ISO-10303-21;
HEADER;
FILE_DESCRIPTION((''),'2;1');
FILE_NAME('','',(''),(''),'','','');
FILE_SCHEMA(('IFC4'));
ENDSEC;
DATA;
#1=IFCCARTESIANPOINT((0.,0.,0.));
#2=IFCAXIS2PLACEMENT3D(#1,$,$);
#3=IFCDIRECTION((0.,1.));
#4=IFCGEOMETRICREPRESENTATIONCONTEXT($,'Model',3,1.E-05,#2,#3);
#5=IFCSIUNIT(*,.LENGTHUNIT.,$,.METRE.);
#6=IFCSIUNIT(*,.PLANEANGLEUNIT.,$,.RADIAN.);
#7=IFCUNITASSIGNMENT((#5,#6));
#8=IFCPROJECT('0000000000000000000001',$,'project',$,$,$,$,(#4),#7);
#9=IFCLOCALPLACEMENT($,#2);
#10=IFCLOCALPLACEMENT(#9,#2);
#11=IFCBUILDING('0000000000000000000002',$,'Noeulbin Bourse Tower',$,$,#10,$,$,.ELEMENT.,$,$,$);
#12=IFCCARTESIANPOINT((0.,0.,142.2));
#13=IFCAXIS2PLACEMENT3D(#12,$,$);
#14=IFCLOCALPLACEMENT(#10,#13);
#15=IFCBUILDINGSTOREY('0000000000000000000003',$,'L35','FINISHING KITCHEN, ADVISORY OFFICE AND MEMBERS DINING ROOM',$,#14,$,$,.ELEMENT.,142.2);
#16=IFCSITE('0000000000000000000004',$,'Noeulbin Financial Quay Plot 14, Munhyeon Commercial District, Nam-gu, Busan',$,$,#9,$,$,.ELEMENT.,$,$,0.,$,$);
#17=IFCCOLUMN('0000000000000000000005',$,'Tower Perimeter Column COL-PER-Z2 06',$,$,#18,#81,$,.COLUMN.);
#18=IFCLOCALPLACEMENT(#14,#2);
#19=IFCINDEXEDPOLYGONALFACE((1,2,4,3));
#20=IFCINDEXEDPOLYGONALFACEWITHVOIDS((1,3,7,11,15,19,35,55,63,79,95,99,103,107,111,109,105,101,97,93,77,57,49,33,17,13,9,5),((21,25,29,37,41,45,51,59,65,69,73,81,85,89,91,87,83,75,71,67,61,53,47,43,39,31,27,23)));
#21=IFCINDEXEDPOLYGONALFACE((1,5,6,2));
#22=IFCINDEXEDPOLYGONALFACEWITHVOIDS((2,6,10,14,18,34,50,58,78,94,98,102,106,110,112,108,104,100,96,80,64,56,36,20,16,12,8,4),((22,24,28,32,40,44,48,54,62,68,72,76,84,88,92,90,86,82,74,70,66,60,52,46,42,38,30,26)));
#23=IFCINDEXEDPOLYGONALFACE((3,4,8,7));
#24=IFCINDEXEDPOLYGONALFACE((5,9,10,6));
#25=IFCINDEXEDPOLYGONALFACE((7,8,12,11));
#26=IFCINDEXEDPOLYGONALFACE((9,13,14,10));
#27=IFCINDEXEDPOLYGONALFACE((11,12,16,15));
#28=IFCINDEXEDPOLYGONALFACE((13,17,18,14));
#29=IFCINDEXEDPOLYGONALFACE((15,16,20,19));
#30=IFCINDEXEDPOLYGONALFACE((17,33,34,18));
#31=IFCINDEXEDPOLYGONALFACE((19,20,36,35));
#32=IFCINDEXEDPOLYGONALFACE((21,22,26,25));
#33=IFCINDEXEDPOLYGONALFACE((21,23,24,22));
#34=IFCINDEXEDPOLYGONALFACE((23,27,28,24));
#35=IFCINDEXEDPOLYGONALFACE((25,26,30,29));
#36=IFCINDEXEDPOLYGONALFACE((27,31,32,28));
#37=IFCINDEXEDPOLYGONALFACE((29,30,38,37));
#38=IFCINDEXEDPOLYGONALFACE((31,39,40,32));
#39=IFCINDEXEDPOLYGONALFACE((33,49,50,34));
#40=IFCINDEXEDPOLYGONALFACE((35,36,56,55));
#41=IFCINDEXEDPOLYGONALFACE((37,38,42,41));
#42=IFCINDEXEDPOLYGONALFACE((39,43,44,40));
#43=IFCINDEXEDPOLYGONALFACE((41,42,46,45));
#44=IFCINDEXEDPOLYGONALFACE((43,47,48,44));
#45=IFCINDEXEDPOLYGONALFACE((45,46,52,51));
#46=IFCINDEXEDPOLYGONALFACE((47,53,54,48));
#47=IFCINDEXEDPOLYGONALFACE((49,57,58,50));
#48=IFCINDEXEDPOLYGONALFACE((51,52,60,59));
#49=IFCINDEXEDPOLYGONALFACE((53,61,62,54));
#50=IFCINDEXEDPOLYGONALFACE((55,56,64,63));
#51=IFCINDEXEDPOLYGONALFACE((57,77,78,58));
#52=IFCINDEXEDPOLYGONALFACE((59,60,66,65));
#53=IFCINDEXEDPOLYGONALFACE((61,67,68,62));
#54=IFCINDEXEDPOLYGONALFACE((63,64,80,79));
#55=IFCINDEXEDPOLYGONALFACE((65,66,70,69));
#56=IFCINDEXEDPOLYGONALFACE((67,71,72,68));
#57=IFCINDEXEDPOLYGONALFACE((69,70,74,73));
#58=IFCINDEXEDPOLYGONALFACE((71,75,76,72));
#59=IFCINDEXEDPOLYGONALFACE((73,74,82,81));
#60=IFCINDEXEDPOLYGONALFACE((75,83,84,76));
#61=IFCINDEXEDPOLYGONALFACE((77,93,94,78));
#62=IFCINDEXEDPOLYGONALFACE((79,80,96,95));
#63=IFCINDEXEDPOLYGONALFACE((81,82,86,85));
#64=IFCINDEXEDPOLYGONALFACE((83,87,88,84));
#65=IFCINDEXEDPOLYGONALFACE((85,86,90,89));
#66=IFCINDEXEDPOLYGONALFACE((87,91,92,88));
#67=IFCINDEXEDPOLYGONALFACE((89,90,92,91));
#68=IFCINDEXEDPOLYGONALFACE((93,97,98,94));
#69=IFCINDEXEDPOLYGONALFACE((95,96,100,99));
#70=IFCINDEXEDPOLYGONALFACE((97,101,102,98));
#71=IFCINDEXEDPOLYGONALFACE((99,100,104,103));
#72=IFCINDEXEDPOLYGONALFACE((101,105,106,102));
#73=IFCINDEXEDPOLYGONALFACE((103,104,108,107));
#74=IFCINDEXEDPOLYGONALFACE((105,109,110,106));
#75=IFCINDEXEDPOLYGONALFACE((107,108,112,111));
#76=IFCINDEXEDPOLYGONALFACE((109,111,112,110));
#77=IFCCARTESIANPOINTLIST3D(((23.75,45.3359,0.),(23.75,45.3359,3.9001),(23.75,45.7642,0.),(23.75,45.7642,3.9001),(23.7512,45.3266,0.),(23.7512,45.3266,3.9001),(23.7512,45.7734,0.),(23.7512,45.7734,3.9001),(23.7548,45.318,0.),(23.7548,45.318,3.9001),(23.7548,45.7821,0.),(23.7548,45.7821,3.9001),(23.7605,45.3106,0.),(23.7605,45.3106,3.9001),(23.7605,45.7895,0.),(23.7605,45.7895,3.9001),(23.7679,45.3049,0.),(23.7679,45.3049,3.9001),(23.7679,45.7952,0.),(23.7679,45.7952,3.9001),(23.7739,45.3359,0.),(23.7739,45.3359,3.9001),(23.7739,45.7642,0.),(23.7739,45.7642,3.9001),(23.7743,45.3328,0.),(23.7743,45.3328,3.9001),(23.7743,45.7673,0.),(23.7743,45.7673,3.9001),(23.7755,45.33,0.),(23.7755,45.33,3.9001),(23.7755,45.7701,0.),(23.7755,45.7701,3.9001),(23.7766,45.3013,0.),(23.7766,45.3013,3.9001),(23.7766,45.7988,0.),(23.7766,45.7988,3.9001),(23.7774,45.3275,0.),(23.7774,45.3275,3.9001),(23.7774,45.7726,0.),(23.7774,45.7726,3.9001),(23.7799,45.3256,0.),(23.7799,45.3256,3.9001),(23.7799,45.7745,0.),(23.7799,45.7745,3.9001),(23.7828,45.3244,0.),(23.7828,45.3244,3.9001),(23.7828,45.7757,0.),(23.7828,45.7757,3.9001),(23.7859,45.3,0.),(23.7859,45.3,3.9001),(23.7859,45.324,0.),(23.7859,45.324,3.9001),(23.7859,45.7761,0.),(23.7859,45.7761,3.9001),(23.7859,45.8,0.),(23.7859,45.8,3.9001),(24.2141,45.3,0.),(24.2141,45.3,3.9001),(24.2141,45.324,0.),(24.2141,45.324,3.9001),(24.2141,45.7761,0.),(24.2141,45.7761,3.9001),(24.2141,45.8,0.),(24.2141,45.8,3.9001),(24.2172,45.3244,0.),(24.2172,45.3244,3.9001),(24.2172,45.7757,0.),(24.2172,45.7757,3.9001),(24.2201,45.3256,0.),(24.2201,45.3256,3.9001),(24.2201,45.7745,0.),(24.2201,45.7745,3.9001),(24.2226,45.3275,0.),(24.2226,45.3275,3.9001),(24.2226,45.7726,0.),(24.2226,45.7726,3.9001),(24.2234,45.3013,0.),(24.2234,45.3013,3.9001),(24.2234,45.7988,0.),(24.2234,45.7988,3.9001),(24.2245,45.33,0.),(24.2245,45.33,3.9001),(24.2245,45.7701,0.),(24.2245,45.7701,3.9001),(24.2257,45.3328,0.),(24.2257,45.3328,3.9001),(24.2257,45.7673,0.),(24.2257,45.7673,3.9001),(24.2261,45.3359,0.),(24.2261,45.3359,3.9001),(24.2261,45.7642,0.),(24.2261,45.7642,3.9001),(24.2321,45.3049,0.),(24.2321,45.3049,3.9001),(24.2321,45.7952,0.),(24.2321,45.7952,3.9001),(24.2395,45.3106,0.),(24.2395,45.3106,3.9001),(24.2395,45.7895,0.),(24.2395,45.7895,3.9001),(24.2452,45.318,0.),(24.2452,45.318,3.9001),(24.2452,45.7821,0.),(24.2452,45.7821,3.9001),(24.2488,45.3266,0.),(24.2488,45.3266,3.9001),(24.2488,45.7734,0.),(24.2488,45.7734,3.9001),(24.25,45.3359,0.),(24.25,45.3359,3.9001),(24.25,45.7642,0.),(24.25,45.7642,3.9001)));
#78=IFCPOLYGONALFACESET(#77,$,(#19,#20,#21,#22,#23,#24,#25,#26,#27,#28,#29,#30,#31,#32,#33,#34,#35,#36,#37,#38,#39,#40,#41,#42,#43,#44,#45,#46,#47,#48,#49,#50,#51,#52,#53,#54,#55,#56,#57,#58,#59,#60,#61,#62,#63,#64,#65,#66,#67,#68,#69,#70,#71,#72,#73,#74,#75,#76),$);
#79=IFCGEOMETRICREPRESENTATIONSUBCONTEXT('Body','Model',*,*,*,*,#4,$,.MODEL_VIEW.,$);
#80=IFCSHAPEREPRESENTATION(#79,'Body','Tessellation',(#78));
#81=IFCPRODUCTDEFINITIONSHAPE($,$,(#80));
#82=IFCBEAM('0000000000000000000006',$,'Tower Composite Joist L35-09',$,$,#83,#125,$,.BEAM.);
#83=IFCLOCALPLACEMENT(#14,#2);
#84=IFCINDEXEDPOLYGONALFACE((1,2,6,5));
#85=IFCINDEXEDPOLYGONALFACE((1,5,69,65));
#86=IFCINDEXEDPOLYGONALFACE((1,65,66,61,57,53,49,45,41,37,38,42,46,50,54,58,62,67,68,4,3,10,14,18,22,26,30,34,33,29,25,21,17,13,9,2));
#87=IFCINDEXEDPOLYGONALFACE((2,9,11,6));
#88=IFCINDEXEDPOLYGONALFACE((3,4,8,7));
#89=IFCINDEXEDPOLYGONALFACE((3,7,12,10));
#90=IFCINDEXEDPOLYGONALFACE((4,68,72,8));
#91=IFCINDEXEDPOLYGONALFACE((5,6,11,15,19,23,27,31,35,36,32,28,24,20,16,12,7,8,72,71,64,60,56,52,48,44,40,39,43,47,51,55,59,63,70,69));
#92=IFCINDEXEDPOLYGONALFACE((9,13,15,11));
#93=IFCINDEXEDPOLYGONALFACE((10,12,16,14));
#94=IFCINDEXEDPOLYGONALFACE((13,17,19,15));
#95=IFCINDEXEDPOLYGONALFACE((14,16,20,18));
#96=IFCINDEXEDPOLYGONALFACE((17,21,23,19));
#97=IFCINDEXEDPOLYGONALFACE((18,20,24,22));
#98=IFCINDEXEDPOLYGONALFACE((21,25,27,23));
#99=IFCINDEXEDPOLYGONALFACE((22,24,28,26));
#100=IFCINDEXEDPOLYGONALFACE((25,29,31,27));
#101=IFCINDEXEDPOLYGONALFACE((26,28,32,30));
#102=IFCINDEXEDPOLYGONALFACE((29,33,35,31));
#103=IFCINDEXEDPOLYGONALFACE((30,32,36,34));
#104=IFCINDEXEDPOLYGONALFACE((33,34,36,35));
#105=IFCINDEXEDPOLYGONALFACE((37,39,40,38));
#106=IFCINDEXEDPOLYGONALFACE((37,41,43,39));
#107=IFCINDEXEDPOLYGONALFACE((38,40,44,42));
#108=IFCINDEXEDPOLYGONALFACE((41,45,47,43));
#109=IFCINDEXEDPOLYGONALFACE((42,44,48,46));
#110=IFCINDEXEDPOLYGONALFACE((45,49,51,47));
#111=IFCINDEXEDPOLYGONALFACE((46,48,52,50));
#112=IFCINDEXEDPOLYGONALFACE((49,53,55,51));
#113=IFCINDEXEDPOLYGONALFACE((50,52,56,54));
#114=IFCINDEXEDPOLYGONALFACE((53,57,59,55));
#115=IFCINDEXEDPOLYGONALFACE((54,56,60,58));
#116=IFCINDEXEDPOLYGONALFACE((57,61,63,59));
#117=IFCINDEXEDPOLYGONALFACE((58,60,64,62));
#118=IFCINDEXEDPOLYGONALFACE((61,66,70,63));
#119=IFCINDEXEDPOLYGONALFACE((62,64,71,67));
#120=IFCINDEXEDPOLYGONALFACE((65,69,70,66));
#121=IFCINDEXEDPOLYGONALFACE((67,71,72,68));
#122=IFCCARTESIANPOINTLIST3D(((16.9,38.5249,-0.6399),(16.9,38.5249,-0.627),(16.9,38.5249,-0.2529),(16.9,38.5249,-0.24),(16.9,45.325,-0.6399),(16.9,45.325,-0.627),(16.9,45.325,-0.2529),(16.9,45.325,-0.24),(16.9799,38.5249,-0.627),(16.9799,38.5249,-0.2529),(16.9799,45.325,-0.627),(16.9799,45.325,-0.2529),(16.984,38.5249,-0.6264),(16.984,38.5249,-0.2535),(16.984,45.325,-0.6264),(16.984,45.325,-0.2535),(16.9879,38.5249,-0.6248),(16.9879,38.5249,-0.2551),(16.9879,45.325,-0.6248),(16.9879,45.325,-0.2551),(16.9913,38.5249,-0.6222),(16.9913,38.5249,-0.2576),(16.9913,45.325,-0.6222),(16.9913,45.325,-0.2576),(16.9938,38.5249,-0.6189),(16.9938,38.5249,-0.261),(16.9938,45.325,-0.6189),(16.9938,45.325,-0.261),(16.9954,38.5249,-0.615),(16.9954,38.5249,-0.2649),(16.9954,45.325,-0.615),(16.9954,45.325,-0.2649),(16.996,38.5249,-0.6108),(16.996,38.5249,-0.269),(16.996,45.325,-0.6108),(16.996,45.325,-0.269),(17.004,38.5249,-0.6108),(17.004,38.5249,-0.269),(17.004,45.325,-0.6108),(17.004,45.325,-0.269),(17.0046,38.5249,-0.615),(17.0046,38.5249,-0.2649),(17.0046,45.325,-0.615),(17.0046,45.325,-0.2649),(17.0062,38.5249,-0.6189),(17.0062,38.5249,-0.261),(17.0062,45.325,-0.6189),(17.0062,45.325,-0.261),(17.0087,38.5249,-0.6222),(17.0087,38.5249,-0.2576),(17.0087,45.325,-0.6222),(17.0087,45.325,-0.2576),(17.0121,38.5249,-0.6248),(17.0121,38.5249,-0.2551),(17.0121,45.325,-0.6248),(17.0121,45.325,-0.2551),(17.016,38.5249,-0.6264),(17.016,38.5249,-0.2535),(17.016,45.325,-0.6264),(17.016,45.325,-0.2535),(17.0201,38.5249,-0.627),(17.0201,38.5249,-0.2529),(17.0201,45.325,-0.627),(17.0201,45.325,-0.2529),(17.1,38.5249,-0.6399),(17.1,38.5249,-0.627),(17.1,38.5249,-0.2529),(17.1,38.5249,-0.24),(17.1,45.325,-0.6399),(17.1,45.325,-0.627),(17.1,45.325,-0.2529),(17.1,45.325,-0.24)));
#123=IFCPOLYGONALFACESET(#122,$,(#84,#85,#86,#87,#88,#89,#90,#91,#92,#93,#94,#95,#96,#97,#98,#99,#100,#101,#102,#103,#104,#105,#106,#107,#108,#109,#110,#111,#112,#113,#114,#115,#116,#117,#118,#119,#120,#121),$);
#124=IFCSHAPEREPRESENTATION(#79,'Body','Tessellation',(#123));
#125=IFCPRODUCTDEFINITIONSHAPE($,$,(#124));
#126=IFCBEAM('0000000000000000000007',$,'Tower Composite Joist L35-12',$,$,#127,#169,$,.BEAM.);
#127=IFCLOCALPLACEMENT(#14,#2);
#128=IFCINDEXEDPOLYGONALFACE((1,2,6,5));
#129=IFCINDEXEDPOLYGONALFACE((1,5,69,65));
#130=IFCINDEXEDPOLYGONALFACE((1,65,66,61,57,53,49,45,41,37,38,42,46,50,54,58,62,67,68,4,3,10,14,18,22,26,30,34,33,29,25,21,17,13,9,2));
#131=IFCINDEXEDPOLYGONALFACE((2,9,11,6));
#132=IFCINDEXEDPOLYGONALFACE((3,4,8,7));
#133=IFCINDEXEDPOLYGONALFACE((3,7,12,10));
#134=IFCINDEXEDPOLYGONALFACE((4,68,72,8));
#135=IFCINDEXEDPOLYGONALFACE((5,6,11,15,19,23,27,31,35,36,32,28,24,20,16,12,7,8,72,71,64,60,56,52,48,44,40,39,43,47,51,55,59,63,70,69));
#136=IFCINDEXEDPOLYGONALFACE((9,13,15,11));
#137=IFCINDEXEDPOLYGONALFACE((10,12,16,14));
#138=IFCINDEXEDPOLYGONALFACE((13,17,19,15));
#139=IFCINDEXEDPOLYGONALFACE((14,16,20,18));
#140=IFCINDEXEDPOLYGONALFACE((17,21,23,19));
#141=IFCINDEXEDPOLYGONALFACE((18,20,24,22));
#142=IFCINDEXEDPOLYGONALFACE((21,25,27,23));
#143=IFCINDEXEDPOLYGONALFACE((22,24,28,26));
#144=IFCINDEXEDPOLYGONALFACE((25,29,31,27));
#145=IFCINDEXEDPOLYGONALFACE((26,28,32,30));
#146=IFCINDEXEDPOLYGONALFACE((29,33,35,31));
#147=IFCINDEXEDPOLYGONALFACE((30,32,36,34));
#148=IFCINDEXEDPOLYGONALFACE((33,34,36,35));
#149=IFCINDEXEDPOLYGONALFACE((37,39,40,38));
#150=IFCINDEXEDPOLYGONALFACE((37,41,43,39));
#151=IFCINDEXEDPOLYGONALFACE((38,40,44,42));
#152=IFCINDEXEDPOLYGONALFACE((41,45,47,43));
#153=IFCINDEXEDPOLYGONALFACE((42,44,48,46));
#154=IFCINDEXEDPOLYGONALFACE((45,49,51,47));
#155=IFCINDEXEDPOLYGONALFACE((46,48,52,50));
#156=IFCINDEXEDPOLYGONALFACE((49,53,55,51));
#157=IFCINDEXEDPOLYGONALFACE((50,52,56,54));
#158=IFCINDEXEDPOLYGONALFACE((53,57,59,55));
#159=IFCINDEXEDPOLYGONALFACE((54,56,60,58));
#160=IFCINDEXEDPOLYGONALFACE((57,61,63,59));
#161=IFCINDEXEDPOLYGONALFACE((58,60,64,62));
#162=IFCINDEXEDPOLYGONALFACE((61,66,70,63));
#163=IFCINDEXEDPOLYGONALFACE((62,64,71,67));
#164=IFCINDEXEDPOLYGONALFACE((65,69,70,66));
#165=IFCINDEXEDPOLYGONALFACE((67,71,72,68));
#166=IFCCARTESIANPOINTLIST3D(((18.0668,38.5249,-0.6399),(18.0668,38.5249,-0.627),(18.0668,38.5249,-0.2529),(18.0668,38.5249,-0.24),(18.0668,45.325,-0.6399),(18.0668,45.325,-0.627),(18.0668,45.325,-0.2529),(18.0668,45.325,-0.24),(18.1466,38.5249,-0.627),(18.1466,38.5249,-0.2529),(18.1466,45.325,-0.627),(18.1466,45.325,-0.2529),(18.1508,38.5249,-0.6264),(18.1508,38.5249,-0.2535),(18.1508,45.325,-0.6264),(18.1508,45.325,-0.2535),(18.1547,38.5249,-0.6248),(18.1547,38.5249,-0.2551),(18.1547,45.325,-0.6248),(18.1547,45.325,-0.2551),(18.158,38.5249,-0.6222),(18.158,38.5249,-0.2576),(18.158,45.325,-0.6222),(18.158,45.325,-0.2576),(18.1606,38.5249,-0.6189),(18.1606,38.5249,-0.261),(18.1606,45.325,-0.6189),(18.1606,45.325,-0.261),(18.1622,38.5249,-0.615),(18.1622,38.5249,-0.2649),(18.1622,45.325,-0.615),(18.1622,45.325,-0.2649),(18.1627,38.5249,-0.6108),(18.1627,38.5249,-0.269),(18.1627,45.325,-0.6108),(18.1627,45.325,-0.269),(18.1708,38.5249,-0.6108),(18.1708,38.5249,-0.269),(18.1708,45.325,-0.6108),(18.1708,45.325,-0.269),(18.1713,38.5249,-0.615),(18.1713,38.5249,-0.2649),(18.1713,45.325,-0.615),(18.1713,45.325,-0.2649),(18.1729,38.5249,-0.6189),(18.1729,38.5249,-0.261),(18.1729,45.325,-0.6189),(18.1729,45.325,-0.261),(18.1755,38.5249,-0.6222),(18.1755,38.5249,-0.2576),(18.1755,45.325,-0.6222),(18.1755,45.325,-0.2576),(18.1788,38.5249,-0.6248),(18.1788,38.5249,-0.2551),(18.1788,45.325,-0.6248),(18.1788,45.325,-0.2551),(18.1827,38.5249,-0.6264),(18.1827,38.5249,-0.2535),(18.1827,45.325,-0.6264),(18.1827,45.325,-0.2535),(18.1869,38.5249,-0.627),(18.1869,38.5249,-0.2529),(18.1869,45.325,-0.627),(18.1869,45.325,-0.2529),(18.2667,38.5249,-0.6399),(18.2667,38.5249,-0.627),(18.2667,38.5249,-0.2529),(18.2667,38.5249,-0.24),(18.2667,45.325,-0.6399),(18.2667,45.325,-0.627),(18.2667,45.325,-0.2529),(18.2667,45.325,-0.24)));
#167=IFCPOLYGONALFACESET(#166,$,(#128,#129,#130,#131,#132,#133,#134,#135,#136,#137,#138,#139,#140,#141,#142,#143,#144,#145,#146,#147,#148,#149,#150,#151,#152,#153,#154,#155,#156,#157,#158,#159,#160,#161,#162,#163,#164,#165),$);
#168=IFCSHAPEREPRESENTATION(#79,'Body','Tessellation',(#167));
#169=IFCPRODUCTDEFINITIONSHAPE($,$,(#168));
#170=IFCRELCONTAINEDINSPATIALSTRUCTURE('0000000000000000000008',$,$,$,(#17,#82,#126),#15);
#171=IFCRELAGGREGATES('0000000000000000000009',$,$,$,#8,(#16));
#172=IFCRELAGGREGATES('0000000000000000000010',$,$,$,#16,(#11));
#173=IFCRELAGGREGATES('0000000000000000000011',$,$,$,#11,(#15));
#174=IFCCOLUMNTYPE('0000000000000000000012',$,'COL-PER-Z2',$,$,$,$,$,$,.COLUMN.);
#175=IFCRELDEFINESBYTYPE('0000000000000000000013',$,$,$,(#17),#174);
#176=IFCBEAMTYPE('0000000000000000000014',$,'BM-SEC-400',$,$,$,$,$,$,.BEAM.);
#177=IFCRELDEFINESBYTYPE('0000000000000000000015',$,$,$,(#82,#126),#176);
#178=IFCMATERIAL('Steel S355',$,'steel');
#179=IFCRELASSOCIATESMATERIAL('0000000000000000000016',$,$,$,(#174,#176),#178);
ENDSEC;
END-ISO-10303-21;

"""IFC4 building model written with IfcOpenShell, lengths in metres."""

from ifc_helpers import new_model, si_unit, direction, frame, origin, origin_2d, place, context, subcontext, project, spatial, hollow_rectangle, i_section, extrude, material, material_profile, profile_set, type_object, element, save


model = new_model("IFC4")

# Units and contexts
model_context = context("Model", 3, precision=1e-05, world=origin(), true_north=direction((0.0, 1.0)))
body_context = subcontext(model_context, "Body", "Model", "MODEL_VIEW")
ifc_project = project(units=[si_unit("LENGTHUNIT", "METRE"), si_unit("PLANEANGLEUNIT", "RADIAN")], contexts=[model_context])

# Site, building, storey
site_placement = place(None, origin())
site = spatial("IfcSite", under=ifc_project, at=site_placement, Name="Noeulbin Financial Quay Plot 14, Munhyeon Commercial District, Nam-gu, Busan", CompositionType="ELEMENT", RefElevation=0.0)
building_placement = place(site_placement, origin())
building = spatial("IfcBuilding", under=site, at=building_placement, Name="Noeulbin Bourse Tower", CompositionType="ELEMENT")
storey_placement = place(building_placement, frame((0.0, 0.0, 142.2)))
storey = spatial("IfcBuildingStorey", under=building, at=storey_placement, Name="L35", Description="FINISHING KITCHEN, ADVISORY OFFICE AND MEMBERS DINING ROOM", CompositionType="ELEMENT", Elevation=142.2)

# Column
ifc_material_1 = material(Name="Steel S355", Category="steel")
ifc_material_profile_1 = material_profile(ifc_material_1, hollow_rectangle(XDim=0.5, YDim=0.5, WallThickness=0.0239, InnerFilletRadius=0.012, OuterFilletRadius=0.0359, at=origin_2d()), Name="BOX-500x500x24", Category="LoadBearing")
ifc_profile_set_1 = profile_set([ifc_material_profile_1], Name="Steel S355")
column_type = type_object("IfcColumnType", Name="COL-PER-Z2", PredefinedType="COLUMN", material=ifc_profile_set_1)
column_placement = place(storey_placement, frame((24.0, 45.55, 0.0), z_axis=(0.0, 0.0, 1.0), x_axis=(1.0, 0.0, 0.0)))
element("IfcColumn", 1, at=column_placement, inside=storey, type_object=column_type, Name="Tower Perimeter Column COL-PER-Z2 06", PredefinedType="COLUMN", context=body_context, shape_type="SweptSolid", body=[
    extrude(hollow_rectangle(XDim=0.5, YDim=0.5, WallThickness=0.0239, InnerFilletRadius=0.012, OuterFilletRadius=0.0359, at=origin_2d()), origin(), (0.0, 0.0, 1.0), 3.9001),
])

# Beams
ifc_material_profile_2 = material_profile(ifc_material_1, i_section(OverallWidth=0.2, OverallDepth=0.3999, WebThickness=0.0081, FlangeThickness=0.0129, FilletRadius=0.0161, at=origin_2d()), Name="H-400x200x8x13", Category="LoadBearing")
ifc_profile_set_2 = profile_set([ifc_material_profile_2], Name="Steel S355")
beam_type_1 = type_object("IfcBeamType", Name="BM-SEC-400", PredefinedType="BEAM", material=ifc_profile_set_2)
for number, where, z_axis, x_axis, name in (
    (2, (17.0, 38.5249, -0.4399), (0.0, 1.0, 0.0), (-1.0, 0.0, 0.0), "Tower Composite Joist L35-09"),
    (3, (18.1667, 38.5249, -0.4399), (0.0, 1.0, 0.0), (-1.0, 0.0, 0.0), "Tower Composite Joist L35-12"),
):
    element("IfcBeam", number, at=place(storey_placement, frame(where, z_axis=z_axis, x_axis=x_axis)), inside=storey, type_object=beam_type_1, Name=name, PredefinedType="BEAM", context=body_context, shape_type="SweptSolid", body=[
        extrude(i_section(OverallWidth=0.2, OverallDepth=0.3999, WebThickness=0.0081, FlangeThickness=0.0129, FilletRadius=0.0161, at=origin_2d()), origin(), (0.0, 0.0, 1.0), 6.8),
    ])

save(model, "model.ifc")
